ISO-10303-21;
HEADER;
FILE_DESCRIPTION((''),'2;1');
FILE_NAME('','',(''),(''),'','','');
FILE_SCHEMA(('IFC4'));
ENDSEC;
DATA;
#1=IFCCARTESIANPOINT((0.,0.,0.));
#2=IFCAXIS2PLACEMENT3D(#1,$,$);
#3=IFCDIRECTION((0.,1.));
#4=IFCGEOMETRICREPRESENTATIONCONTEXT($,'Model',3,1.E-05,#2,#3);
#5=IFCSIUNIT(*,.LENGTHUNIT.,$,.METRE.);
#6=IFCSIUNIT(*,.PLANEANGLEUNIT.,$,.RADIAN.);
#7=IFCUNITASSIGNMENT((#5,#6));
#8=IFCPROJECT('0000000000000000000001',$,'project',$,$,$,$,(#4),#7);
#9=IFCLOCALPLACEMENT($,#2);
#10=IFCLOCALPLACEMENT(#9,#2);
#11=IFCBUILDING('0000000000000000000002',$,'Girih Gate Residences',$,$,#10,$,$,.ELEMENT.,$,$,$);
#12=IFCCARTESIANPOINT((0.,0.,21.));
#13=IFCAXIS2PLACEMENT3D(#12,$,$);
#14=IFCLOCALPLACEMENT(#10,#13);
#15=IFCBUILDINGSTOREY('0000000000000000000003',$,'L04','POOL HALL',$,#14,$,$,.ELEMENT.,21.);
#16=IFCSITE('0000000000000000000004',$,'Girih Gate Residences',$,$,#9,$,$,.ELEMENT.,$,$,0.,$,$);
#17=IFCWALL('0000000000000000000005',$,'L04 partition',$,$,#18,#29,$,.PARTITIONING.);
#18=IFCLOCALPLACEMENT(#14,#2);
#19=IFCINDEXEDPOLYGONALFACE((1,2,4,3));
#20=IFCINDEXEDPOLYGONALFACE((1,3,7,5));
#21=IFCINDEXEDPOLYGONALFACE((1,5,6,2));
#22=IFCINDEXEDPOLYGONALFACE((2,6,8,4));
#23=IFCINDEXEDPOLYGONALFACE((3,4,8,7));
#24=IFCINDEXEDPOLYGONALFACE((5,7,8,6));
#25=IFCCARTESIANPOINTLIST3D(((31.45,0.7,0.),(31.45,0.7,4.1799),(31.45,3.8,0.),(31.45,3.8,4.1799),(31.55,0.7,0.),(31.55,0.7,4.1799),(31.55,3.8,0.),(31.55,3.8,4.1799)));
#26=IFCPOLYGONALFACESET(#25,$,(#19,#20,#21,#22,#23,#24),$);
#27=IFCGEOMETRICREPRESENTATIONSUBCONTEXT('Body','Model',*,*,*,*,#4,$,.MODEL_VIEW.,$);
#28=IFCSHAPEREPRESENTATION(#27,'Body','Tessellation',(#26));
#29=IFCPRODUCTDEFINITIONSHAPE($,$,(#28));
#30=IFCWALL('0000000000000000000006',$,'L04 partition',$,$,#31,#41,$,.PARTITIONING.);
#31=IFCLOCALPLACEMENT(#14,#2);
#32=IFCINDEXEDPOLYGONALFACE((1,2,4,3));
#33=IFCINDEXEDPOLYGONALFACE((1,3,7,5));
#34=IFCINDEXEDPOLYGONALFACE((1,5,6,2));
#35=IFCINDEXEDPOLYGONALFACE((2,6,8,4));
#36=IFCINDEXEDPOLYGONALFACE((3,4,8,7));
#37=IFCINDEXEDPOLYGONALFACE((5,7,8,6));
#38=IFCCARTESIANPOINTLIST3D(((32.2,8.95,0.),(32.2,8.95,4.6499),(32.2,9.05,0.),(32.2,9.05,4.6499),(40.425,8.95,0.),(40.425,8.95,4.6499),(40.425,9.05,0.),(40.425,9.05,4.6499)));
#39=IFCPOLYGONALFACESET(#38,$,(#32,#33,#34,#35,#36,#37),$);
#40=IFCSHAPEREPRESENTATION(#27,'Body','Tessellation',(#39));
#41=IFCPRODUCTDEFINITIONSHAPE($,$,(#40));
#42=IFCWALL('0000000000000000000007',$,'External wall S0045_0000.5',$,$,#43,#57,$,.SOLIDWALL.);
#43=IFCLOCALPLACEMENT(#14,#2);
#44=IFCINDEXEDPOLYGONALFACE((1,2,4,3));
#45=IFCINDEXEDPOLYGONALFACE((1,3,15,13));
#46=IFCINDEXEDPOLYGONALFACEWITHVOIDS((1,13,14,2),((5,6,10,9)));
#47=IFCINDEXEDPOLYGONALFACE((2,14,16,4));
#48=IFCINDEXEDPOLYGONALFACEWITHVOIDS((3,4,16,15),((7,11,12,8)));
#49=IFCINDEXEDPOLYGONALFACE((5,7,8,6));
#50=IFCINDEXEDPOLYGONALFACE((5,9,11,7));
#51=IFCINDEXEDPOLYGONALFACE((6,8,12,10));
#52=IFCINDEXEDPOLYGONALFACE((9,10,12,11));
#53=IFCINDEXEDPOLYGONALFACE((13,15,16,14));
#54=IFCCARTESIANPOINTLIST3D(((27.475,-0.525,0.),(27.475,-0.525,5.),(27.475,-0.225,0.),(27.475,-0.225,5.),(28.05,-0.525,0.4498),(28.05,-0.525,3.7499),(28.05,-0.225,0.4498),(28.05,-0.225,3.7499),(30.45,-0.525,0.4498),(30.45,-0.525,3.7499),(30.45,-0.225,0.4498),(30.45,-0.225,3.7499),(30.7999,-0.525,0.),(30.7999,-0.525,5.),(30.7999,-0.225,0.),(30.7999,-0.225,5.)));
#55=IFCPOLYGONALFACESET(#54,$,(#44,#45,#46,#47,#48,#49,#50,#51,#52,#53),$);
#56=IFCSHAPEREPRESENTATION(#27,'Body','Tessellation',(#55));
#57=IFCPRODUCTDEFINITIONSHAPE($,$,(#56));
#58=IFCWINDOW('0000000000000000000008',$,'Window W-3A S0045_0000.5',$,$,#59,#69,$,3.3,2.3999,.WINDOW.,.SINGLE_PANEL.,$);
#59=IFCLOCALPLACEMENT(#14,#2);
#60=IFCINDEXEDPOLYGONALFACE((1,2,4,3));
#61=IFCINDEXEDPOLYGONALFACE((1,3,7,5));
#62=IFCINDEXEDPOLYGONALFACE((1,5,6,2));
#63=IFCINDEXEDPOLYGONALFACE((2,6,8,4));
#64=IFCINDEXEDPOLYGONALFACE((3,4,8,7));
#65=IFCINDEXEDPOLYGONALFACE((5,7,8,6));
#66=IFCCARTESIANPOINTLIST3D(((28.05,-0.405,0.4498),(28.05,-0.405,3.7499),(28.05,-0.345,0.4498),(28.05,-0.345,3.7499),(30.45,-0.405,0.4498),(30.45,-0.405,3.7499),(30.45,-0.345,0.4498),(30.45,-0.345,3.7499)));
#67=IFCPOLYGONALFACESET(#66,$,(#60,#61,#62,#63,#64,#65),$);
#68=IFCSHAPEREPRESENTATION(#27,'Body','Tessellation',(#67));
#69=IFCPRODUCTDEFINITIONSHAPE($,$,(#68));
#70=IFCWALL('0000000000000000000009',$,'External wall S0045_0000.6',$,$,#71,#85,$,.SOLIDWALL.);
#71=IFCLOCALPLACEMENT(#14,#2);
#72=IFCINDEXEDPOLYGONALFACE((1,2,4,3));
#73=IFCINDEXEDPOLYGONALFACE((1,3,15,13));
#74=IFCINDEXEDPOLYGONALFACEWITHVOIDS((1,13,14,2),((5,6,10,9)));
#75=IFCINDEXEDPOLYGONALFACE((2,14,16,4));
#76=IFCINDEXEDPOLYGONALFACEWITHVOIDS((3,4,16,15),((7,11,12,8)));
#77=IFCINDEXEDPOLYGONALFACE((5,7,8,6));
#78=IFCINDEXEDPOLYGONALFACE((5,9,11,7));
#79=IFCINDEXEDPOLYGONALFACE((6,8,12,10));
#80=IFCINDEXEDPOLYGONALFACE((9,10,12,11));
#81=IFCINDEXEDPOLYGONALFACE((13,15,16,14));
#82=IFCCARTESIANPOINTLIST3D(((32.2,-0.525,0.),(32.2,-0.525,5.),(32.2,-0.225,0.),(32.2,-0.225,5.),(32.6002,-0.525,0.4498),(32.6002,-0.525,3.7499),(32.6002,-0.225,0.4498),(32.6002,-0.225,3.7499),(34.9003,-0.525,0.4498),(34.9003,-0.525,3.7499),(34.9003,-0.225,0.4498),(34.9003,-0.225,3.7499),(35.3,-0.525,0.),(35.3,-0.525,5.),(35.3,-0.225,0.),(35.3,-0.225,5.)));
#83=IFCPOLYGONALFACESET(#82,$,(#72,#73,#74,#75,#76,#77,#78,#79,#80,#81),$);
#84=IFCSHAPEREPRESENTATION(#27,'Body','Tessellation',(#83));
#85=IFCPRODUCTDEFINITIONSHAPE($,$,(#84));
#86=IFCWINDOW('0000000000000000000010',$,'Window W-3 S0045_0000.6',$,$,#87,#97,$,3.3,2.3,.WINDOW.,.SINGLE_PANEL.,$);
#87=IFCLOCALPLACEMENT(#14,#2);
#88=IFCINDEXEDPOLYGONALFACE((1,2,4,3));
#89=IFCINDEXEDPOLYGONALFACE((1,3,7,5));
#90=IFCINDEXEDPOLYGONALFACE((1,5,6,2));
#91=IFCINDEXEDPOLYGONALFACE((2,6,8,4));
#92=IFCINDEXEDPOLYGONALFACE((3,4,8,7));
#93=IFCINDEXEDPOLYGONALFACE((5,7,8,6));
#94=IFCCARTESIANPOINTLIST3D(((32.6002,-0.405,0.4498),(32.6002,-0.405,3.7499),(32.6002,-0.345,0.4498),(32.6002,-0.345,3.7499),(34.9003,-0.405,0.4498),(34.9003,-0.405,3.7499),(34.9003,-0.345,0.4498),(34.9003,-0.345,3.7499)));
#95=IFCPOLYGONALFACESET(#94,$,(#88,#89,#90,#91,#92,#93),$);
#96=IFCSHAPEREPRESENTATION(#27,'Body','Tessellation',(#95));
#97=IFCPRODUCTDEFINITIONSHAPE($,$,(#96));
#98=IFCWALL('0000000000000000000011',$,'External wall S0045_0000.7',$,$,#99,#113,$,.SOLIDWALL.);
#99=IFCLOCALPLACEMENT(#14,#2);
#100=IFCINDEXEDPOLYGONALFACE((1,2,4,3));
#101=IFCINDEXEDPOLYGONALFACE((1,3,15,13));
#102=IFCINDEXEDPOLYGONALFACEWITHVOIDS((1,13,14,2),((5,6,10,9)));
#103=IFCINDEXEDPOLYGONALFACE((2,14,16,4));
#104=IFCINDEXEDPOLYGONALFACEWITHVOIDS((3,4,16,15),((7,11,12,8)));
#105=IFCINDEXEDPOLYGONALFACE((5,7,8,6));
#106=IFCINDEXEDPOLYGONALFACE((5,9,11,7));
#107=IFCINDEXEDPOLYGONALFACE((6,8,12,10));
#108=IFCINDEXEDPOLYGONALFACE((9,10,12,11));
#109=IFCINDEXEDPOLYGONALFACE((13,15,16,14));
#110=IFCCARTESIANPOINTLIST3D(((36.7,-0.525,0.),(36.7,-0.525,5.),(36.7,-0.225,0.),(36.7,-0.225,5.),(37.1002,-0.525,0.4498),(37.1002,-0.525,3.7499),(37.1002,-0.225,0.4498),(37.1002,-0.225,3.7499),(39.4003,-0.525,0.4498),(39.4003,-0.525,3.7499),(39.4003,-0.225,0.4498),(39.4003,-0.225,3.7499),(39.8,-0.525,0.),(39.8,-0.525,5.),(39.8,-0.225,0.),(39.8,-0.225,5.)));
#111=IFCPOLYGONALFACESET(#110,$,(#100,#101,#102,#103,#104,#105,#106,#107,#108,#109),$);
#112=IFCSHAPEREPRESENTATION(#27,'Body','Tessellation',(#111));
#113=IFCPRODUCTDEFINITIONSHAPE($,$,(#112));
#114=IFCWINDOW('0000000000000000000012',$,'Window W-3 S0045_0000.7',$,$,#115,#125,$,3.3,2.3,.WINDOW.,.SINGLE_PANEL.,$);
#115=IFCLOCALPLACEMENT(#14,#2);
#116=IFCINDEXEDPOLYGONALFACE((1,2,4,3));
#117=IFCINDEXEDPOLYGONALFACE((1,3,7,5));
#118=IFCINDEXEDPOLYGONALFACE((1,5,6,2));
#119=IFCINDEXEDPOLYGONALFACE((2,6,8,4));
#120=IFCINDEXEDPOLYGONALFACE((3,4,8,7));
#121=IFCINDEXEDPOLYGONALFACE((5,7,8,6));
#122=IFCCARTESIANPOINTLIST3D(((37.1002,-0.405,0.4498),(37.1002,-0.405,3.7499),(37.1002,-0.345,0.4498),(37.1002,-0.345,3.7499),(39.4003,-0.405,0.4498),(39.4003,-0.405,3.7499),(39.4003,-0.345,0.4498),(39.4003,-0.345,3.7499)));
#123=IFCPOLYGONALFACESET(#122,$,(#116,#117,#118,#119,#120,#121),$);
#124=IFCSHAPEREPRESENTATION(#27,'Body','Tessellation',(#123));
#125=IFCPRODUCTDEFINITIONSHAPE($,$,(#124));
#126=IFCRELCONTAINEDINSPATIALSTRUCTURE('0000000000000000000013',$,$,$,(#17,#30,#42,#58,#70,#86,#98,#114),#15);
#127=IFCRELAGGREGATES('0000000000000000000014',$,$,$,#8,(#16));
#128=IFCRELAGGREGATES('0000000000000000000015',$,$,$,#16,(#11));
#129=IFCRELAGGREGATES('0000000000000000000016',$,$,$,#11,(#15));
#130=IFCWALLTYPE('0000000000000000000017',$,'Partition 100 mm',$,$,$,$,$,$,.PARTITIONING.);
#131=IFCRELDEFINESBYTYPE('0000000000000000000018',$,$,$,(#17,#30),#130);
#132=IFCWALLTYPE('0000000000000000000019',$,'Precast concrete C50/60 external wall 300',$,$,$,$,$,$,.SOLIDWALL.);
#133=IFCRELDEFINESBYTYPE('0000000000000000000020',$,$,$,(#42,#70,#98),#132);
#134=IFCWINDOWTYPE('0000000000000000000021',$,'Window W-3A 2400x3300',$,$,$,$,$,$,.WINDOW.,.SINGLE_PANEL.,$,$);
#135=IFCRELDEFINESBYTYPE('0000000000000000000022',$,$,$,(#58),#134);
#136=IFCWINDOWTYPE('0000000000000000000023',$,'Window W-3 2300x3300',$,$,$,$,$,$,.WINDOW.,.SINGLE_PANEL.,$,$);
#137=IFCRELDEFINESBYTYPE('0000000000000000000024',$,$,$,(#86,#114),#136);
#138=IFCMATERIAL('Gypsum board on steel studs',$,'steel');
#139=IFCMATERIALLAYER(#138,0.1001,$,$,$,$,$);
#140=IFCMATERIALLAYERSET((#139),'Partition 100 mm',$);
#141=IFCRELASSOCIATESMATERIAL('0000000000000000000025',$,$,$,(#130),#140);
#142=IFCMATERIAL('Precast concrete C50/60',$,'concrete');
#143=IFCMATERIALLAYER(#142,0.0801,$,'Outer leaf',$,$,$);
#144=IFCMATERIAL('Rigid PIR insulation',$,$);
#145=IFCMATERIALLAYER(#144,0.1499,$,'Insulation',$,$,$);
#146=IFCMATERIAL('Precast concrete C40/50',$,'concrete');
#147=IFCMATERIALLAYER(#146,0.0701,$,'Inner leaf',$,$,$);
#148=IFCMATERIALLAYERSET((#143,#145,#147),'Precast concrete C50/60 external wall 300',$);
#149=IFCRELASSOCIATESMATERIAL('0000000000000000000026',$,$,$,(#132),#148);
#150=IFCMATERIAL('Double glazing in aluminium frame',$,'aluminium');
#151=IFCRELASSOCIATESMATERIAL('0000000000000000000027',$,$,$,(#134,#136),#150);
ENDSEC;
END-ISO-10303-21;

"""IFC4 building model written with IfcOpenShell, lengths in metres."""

from ifc_helpers import new_model, si_unit, direction, frame, frame_2d, origin, place, context, subcontext, project, spatial, rectangle, extrude, material, layer, layer_set, type_object, element, fill, save


model = new_model("IFC4")

# Units and contexts
model_context = context("Model", 3, precision=1e-05, world=origin(), true_north=direction((0.0, 1.0)))
body_context = subcontext(model_context, "Body", "Model", "MODEL_VIEW")
ifc_project = project(units=[si_unit("LENGTHUNIT", "METRE"), si_unit("PLANEANGLEUNIT", "RADIAN")], contexts=[model_context])

# Site, building, storey
site_placement = place(None, origin())
site = spatial("IfcSite", under=ifc_project, at=site_placement, Name="Girih Gate Residences", CompositionType="ELEMENT", RefElevation=0.0)
building_placement = place(site_placement, origin())
building = spatial("IfcBuilding", under=site, at=building_placement, Name="Girih Gate Residences", CompositionType="ELEMENT")
storey_placement = place(building_placement, frame((0.0, 0.0, 21.0)))
storey = spatial("IfcBuildingStorey", under=building, at=storey_placement, Name="L04", Description="POOL HALL", CompositionType="ELEMENT", Elevation=21.0)

# Shared definitions
ifc_material_1 = material(Name="Gypsum board on steel studs", Category="steel")

# Walls
ifc_layer_1 = layer(ifc_material_1, 0.1001)
ifc_layer_set_1 = layer_set([ifc_layer_1], Name="Partition 100 mm")
wall_type_1 = type_object("IfcWallType", Name="Partition 100 mm", PredefinedType="PARTITIONING", material=ifc_layer_set_1)
for number, where, z_axis, x_axis, name in (
    (1, (31.5, 0.7, 0.0), (0.0, 0.0, 1.0), (0.0, 1.0, 0.0), "L04 partition"),
):
    element("IfcWall", number, at=place(storey_placement, frame(where, z_axis=z_axis, x_axis=x_axis)), inside=storey, type_object=wall_type_1, Name=name, PredefinedType="PARTITIONING", context=body_context, shape_type="SweptSolid", body=[
        extrude(rectangle(XDim=3.1001, YDim=0.1001, at=frame_2d((1.55, 0.0))), origin(), (0.0, 0.0, 1.0), 4.1799),
    ])
wall_1_placement = place(storey_placement, frame((32.2, 9.0, 0.0), z_axis=(0.0, 0.0, 1.0), x_axis=(1.0, 0.0, 0.0)))
element("IfcWall", 2, at=wall_1_placement, inside=storey, type_object=wall_type_1, Name="L04 partition", PredefinedType="PARTITIONING", context=body_context, shape_type="SweptSolid", body=[
    extrude(rectangle(XDim=8.2251, YDim=0.1001, at=frame_2d((4.1125, 0.0))), origin(), (0.0, 0.0, 1.0), 4.6499),
])

# Walls, openings, windows
ifc_material_2 = material(Name="Precast concrete C50/60", Category="concrete")
ifc_layer_2 = layer(ifc_material_2, 0.0801, Name="Outer leaf")
ifc_material_3 = material(Name="Rigid PIR insulation")
ifc_layer_3 = layer(ifc_material_3, 0.1499, Name="Insulation")
ifc_material_4 = material(Name="Precast concrete C40/50", Category="concrete")
ifc_layer_4 = layer(ifc_material_4, 0.0701, Name="Inner leaf")
ifc_layer_set_2 = layer_set([ifc_layer_2, ifc_layer_3, ifc_layer_4], Name="Precast concrete C50/60 external wall 300")
wall_type_2 = type_object("IfcWallType", Name="Precast concrete C50/60 external wall 300", PredefinedType="SOLIDWALL", material=ifc_layer_set_2)
wall_2_placement = place(storey_placement, frame((30.8, -0.375, 0.0), z_axis=(0.0, 0.0, 1.0), x_axis=(-1.0, 0.0, 0.0)))
wall_2 = element("IfcWall", 3, at=wall_2_placement, inside=storey, type_object=wall_type_2, Name="External wall S0045_0000.5", PredefinedType="SOLIDWALL", context=body_context, shape_type="SweptSolid", body=[
    extrude(rectangle(XDim=3.325, YDim=0.3, at=frame_2d((1.6626, 0.0))), origin(), (0.0, 0.0, 1.0), 5.0),
])
opening_1_placement = place(wall_2_placement, frame((0.3501, 0.0, 0.45)))
opening_1 = element("IfcOpeningElement", 4, at=opening_1_placement, cuts=wall_2, PredefinedType="OPENING", context=body_context, shape_type="SweptSolid", body=[
    extrude(rectangle(XDim=2.3999, YDim=3.3, at=frame_2d((1.2, 1.6499))), frame((0.0, 0.1599, 0.0), z_axis=(0.0, -1.0, 0.0), x_axis=(1.0, 0.0, 0.0)), (0.0, 0.0, 1.0), 0.3201),
])
ifc_material_5 = material(Name="Double glazing in aluminium frame", Category="aluminium")
window_type_1 = type_object("IfcWindowType", Name="Window W-3A 2400x3300", PartitioningType="SINGLE_PANEL", PredefinedType="WINDOW", material=ifc_material_5)
window_1_placement = place(opening_1_placement, origin())
window_1 = element("IfcWindow", 5, at=window_1_placement, inside=storey, type_object=window_type_1, Name="Window W-3A S0045_0000.5", OverallHeight=3.3, OverallWidth=2.3999, PartitioningType="SINGLE_PANEL", PredefinedType="WINDOW", context=body_context, shape_type="SweptSolid", body=[
    extrude(rectangle(XDim=2.3999, YDim=3.3, at=frame_2d((1.2, 1.6499))), frame((0.0, 0.03, 0.0), z_axis=(0.0, -1.0, 0.0), x_axis=(1.0, 0.0, 0.0)), (0.0, 0.0, 1.0), 0.0601),
])
fill(opening_1, window_1)
wall_3_placement = place(storey_placement, frame((35.3, -0.375, 0.0), z_axis=(0.0, 0.0, 1.0), x_axis=(-1.0, 0.0, 0.0)))
wall_3 = element("IfcWall", 6, at=wall_3_placement, inside=storey, type_object=wall_type_2, Name="External wall S0045_0000.6", PredefinedType="SOLIDWALL", context=body_context, shape_type="SweptSolid", body=[
    extrude(rectangle(XDim=3.1001, YDim=0.3, at=frame_2d((1.55, 0.0))), origin(), (0.0, 0.0, 1.0), 5.0),
])
opening_2_placement = place(wall_3_placement, frame((0.3999, 0.0, 0.45)))
opening_2 = element("IfcOpeningElement", 7, at=opening_2_placement, cuts=wall_3, PredefinedType="OPENING", context=body_context, shape_type="SweptSolid", body=[
    extrude(rectangle(XDim=2.3, YDim=3.3, at=frame_2d((1.1499, 1.6499))), frame((0.0, 0.1599, 0.0), z_axis=(0.0, -1.0, 0.0), x_axis=(1.0, 0.0, 0.0)), (0.0, 0.0, 1.0), 0.3201),
])
window_type_2 = type_object("IfcWindowType", Name="Window W-3 2300x3300", PartitioningType="SINGLE_PANEL", PredefinedType="WINDOW", material=ifc_material_5)
window_2_placement = place(opening_2_placement, origin())
window_2 = element("IfcWindow", 8, at=window_2_placement, inside=storey, type_object=window_type_2, Name="Window W-3 S0045_0000.6", OverallHeight=3.3, OverallWidth=2.3, PartitioningType="SINGLE_PANEL", PredefinedType="WINDOW", context=body_context, shape_type="SweptSolid", body=[
    extrude(rectangle(XDim=2.3, YDim=3.3, at=frame_2d((1.1499, 1.6499))), frame((0.0, 0.03, 0.0), z_axis=(0.0, -1.0, 0.0), x_axis=(1.0, 0.0, 0.0)), (0.0, 0.0, 1.0), 0.0601),
])
fill(opening_2, window_2)
wall_4_placement = place(storey_placement, frame((39.8, -0.375, 0.0), z_axis=(0.0, 0.0, 1.0), x_axis=(-1.0, 0.0, 0.0)))
wall_4 = element("IfcWall", 9, at=wall_4_placement, inside=storey, type_object=wall_type_2, Name="External wall S0045_0000.7", PredefinedType="SOLIDWALL", context=body_context, shape_type="SweptSolid", body=[
    extrude(rectangle(XDim=3.1001, YDim=0.3, at=frame_2d((1.55, 0.0))), origin(), (0.0, 0.0, 1.0), 5.0),
])
opening_3_placement = place(wall_4_placement, frame((0.3999, 0.0, 0.45)))
opening_3 = element("IfcOpeningElement", 10, at=opening_3_placement, cuts=wall_4, PredefinedType="OPENING", context=body_context, shape_type="SweptSolid", body=[
    extrude(rectangle(XDim=2.3, YDim=3.3, at=frame_2d((1.1499, 1.6499))), frame((0.0, 0.1599, 0.0), z_axis=(0.0, -1.0, 0.0), x_axis=(1.0, 0.0, 0.0)), (0.0, 0.0, 1.0), 0.3201),
])
window_3_placement = place(opening_3_placement, origin())
window_3 = element("IfcWindow", 11, at=window_3_placement, inside=storey, type_object=window_type_2, Name="Window W-3 S0045_0000.7", OverallHeight=3.3, OverallWidth=2.3, PartitioningType="SINGLE_PANEL", PredefinedType="WINDOW", context=body_context, shape_type="SweptSolid", body=[
    extrude(rectangle(XDim=2.3, YDim=3.3, at=frame_2d((1.1499, 1.6499))), frame((0.0, 0.03, 0.0), z_axis=(0.0, -1.0, 0.0), x_axis=(1.0, 0.0, 0.0)), (0.0, 0.0, 1.0), 0.0601),
])
fill(opening_3, window_3)

save(model, "model.ifc")
